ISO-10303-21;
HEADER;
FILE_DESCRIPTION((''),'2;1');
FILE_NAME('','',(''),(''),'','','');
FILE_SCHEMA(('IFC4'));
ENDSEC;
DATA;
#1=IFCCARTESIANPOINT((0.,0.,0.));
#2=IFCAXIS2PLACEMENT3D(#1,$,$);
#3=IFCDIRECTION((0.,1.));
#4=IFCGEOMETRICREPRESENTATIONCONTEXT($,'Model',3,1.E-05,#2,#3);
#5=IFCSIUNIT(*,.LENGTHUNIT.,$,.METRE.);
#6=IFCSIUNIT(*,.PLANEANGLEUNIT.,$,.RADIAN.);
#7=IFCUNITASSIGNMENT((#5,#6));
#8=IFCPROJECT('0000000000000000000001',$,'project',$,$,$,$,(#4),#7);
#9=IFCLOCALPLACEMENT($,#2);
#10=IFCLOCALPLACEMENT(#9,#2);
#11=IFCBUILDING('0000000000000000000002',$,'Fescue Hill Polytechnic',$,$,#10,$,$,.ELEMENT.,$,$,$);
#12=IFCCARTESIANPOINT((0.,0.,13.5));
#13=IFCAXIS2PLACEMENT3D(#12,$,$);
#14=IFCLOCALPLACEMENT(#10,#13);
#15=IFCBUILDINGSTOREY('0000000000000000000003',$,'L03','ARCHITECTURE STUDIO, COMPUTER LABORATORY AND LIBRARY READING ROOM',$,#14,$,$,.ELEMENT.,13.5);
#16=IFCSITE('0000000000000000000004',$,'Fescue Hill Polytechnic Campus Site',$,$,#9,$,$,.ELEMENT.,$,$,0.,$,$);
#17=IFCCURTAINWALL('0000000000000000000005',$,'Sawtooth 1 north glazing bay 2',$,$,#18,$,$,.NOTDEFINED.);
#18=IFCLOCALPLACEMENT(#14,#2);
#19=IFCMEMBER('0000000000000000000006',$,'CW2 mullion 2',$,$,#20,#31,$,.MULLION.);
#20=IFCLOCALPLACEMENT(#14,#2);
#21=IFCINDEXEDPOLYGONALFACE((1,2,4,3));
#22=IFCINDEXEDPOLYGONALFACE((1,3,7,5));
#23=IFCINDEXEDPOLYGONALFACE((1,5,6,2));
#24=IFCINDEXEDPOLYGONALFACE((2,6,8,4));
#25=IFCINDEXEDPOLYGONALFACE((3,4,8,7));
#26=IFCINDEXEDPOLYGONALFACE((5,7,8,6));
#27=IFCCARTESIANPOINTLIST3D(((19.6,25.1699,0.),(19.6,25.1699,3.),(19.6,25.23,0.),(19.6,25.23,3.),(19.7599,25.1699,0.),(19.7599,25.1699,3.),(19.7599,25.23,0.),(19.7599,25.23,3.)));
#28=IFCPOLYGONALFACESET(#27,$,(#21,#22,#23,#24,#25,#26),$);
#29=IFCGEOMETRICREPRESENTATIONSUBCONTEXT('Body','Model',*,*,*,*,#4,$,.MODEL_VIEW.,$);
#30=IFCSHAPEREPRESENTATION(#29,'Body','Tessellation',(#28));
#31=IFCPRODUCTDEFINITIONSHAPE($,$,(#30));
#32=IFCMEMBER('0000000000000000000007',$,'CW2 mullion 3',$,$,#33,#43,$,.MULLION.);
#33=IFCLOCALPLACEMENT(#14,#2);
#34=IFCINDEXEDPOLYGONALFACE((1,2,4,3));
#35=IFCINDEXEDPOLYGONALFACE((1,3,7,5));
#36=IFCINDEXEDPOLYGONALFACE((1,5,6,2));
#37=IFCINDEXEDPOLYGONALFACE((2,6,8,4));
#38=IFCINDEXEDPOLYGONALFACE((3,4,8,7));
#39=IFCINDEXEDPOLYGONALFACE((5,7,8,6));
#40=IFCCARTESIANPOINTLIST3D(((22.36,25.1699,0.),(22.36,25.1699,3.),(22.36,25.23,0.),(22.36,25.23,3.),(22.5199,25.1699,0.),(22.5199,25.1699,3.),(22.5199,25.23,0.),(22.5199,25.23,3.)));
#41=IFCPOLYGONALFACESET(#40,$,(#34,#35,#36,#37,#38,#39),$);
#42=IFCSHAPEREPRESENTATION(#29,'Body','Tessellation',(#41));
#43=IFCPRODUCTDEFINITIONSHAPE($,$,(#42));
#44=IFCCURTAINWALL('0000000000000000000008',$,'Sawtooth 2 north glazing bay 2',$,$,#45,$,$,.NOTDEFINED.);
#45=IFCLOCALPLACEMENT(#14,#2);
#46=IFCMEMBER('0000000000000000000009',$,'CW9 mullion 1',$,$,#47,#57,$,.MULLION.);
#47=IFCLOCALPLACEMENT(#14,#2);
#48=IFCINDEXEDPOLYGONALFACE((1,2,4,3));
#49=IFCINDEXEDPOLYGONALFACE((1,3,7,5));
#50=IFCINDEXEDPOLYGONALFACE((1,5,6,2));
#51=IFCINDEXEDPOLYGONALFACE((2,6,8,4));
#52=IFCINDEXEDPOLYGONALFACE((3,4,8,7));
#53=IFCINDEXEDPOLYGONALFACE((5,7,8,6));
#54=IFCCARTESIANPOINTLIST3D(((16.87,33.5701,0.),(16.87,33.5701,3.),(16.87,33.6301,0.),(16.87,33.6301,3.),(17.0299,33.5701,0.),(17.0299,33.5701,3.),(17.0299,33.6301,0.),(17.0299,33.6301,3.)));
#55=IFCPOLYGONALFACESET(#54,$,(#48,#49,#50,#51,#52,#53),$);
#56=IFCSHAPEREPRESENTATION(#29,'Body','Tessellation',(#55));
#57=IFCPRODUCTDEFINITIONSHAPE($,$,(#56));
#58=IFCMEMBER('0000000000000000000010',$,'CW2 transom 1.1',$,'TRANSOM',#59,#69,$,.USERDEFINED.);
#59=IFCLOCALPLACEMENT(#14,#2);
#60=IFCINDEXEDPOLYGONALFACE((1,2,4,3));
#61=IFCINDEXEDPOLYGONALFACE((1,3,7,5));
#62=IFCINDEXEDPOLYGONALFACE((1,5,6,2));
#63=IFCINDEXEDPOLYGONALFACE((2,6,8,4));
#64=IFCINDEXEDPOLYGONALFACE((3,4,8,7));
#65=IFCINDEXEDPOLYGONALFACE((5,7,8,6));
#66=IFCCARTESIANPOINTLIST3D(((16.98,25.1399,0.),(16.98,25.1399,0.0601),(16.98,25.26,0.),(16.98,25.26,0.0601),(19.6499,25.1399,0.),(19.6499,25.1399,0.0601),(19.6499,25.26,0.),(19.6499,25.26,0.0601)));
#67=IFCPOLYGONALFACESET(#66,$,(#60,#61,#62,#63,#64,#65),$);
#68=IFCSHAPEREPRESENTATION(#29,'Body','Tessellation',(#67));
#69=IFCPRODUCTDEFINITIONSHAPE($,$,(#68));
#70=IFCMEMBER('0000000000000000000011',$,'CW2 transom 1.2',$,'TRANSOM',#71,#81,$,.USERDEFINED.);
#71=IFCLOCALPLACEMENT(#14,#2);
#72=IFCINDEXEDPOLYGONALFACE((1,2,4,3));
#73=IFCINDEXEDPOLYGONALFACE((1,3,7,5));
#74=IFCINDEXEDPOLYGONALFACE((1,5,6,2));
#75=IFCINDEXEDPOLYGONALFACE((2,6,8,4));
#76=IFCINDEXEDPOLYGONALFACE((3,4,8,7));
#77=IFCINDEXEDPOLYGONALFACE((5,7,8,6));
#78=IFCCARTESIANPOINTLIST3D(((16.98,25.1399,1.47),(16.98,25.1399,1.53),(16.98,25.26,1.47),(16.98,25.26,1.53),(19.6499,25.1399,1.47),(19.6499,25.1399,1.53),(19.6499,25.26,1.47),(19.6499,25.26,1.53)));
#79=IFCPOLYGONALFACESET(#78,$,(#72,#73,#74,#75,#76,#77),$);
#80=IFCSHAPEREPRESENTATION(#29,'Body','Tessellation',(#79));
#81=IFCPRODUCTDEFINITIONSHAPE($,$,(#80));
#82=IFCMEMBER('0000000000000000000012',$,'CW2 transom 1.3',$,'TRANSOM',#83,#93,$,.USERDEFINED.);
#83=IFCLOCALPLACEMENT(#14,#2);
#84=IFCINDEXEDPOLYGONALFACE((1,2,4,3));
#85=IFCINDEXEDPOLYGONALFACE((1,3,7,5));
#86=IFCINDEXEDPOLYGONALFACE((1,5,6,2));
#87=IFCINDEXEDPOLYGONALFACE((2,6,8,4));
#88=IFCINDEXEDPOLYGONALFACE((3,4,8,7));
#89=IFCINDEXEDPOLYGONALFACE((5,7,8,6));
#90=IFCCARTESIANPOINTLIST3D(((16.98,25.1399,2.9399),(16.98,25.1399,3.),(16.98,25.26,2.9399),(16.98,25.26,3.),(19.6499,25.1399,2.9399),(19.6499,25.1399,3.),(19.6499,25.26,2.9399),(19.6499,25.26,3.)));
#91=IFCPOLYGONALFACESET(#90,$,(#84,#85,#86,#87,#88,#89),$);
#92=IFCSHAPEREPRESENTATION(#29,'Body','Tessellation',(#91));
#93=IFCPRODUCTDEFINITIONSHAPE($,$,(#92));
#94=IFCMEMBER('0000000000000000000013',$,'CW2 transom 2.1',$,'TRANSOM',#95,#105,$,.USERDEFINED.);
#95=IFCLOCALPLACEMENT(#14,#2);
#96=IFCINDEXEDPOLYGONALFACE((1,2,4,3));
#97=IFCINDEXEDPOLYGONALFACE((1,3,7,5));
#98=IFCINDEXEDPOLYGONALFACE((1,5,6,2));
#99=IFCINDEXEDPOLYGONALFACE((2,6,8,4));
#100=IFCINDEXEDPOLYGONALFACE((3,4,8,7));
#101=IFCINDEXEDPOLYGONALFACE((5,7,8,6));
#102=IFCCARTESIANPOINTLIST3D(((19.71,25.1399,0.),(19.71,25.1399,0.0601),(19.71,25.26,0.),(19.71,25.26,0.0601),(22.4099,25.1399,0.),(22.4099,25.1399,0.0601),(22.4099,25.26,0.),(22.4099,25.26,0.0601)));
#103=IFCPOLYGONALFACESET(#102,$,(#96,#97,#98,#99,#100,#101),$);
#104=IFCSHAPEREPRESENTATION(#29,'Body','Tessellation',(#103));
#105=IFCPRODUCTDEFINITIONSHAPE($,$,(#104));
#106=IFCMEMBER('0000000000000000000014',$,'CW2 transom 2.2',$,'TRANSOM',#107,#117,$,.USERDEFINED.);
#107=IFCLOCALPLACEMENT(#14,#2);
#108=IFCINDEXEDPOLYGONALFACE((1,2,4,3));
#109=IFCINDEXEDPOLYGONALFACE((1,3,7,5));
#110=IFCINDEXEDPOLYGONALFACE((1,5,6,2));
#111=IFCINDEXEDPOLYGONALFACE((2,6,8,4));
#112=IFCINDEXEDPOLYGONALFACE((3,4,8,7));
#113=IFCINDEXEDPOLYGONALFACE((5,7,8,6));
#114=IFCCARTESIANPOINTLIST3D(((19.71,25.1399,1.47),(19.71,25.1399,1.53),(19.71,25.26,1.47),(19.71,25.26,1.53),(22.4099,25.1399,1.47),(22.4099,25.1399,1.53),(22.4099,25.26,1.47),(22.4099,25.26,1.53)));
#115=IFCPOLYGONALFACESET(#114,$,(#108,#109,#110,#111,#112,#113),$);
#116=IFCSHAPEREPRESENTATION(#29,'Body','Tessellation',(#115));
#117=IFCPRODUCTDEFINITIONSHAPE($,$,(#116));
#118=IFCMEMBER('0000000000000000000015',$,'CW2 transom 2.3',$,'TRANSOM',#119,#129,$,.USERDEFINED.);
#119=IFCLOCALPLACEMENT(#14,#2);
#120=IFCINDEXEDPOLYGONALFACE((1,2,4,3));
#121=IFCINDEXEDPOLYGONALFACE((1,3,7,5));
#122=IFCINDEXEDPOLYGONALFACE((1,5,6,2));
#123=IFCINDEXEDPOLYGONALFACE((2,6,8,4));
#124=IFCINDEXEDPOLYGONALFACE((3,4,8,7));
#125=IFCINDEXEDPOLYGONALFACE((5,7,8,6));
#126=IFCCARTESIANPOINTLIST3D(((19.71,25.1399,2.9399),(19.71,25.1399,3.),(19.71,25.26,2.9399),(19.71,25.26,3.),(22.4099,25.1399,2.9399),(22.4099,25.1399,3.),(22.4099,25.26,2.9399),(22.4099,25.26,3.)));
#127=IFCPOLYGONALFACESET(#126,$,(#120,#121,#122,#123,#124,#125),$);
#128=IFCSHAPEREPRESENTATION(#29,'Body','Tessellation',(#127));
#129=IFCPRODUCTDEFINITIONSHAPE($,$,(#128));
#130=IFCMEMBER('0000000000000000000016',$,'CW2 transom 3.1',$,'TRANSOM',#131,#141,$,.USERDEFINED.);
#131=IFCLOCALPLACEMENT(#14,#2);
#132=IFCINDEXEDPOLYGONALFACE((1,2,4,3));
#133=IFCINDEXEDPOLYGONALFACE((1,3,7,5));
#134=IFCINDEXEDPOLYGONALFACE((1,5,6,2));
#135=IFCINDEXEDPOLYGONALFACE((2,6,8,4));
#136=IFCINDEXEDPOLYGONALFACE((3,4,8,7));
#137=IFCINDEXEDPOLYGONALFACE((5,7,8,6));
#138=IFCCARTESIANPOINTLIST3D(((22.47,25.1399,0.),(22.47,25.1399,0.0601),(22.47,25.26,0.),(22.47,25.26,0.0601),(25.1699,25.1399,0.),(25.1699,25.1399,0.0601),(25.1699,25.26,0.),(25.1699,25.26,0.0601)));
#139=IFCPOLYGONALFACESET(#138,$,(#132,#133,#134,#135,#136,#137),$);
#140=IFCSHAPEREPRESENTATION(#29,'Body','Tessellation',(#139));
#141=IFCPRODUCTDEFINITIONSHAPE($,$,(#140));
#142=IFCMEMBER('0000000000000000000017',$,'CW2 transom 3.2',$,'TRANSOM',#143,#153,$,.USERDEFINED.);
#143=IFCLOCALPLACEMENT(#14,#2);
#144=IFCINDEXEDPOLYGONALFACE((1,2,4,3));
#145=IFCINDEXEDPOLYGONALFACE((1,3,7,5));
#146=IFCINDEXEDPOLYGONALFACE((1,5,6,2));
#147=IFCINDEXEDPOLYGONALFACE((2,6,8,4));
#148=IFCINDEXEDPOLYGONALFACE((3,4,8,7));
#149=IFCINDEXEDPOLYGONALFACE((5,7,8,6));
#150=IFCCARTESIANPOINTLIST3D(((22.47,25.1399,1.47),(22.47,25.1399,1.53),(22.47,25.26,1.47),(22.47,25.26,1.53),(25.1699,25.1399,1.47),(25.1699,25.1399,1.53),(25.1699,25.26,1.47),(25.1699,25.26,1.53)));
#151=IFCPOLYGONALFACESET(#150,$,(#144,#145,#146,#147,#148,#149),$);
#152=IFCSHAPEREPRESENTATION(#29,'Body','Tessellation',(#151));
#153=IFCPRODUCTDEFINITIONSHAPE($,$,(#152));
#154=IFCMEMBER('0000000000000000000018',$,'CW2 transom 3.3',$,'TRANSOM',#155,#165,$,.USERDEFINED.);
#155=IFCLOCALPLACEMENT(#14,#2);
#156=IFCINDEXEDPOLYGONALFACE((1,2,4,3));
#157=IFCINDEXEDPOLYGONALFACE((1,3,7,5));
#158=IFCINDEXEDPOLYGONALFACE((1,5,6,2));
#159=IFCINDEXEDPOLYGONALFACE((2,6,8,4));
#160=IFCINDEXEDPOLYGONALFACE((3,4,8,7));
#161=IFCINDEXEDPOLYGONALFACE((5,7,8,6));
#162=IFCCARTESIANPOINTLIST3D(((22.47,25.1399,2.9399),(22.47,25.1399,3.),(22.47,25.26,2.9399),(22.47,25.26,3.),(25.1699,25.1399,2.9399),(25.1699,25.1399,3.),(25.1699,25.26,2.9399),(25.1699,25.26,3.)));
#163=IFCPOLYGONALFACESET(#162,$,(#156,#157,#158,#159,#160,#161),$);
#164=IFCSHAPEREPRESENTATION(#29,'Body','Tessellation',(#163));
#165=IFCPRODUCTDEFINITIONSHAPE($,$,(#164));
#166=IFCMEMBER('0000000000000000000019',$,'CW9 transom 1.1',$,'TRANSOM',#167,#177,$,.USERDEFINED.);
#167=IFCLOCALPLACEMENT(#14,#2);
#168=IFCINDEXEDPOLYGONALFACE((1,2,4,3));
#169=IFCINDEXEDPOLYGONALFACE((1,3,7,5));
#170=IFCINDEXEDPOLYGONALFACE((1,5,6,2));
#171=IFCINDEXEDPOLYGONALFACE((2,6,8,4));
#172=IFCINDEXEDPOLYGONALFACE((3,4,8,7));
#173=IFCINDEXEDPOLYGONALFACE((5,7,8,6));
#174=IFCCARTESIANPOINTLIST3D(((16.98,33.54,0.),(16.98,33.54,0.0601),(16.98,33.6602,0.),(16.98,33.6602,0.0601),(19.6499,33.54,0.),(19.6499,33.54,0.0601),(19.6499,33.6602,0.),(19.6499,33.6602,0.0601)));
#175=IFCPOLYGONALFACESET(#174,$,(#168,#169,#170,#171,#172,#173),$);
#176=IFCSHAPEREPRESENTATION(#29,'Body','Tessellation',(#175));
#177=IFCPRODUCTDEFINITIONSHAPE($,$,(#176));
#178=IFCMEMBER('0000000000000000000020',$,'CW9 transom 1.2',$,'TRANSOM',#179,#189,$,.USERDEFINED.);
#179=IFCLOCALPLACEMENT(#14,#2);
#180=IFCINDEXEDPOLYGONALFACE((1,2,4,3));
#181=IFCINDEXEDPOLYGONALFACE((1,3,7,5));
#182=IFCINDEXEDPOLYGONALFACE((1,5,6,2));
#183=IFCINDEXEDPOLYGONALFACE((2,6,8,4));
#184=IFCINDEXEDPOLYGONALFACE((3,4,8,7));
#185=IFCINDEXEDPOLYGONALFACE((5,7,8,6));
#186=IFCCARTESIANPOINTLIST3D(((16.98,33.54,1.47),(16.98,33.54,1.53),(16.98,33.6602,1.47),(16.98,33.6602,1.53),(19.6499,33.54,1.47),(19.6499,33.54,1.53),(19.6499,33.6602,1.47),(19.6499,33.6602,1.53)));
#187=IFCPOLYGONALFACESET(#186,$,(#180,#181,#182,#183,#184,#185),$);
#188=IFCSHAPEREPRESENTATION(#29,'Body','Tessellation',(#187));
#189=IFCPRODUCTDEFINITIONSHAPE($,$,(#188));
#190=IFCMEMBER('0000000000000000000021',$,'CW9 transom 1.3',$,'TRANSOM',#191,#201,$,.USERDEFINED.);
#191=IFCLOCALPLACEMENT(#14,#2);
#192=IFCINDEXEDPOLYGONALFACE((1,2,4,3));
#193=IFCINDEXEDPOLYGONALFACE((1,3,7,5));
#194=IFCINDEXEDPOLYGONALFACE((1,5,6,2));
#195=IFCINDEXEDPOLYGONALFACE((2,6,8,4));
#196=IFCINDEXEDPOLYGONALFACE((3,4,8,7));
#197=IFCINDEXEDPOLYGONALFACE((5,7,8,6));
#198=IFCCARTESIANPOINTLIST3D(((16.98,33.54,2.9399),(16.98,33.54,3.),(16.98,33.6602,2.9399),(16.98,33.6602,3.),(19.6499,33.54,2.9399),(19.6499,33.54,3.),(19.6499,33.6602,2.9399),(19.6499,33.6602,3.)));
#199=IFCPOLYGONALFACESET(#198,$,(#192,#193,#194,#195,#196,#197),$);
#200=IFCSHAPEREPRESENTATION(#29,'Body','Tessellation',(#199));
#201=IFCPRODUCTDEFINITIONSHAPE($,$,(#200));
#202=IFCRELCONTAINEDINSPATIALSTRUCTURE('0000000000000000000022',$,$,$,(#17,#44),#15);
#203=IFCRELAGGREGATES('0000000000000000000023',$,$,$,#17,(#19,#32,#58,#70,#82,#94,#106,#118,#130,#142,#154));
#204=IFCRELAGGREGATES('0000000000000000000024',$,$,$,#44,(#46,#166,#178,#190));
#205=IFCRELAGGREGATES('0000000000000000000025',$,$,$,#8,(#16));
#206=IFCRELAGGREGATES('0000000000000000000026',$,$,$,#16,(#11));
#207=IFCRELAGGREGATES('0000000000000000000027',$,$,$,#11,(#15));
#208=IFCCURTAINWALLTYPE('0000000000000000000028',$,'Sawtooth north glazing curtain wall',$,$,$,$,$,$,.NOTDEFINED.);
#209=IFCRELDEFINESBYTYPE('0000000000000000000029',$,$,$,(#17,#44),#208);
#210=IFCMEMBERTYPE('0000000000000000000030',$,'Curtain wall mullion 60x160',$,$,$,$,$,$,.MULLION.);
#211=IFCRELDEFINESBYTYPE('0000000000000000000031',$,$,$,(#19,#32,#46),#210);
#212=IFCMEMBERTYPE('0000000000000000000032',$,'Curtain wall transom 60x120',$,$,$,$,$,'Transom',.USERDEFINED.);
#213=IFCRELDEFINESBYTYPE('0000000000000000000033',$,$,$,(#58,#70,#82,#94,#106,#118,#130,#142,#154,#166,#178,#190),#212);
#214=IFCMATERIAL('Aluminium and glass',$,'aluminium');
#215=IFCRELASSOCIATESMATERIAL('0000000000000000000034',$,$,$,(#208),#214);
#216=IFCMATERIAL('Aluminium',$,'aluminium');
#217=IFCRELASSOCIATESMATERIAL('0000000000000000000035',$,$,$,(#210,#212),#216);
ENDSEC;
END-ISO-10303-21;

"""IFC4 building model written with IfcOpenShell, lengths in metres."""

from ifc_helpers import new_model, si_unit, direction, frame, origin, origin_2d, place, context, subcontext, project, spatial, rectangle, extrude, material, material_profile, profile_set, type_object, element, aggregate, save


model = new_model("IFC4")

# Units and contexts
model_context = context("Model", 3, precision=1e-05, world=origin(), true_north=direction((0.0, 1.0)))
body_context = subcontext(model_context, "Body", "Model", "MODEL_VIEW")
ifc_project = project(units=[si_unit("LENGTHUNIT", "METRE"), si_unit("PLANEANGLEUNIT", "RADIAN")], contexts=[model_context])

# Site, building, storey
site_placement = place(None, origin())
site = spatial("IfcSite", under=ifc_project, at=site_placement, Name="Fescue Hill Polytechnic Campus Site", CompositionType="ELEMENT", RefElevation=0.0)
building_placement = place(site_placement, origin())
building = spatial("IfcBuilding", under=site, at=building_placement, Name="Fescue Hill Polytechnic", CompositionType="ELEMENT")
storey_placement = place(building_placement, frame((0.0, 0.0, 13.5)))
storey = spatial("IfcBuildingStorey", under=building, at=storey_placement, Name="L03", Description="ARCHITECTURE STUDIO, COMPUTER LABORATORY AND LIBRARY READING ROOM", CompositionType="ELEMENT", Elevation=13.5)

# Curtain wall, members
ifc_material_1 = material(Name="Aluminium and glass", Category="aluminium")
curtain_wall_type = type_object("IfcCurtainWallType", Name="Sawtooth north glazing curtain wall", PredefinedType="NOTDEFINED", material=ifc_material_1)
curtain_wall_1_placement = place(storey_placement, origin())
curtain_wall_1 = element("IfcCurtainWall", 1, at=curtain_wall_1_placement, inside=storey, type_object=curtain_wall_type, Name="Sawtooth 1 north glazing bay 2", PredefinedType="NOTDEFINED")
ifc_material_2 = material(Name="Aluminium", Category="aluminium")
ifc_material_profile_1 = material_profile(ifc_material_2, rectangle(XDim=0.0601, YDim=0.1599, at=origin_2d()), Name="Curtain wall mullion 60x160")
ifc_profile_set_1 = profile_set([ifc_material_profile_1], Name="Aluminium")
member_type_1 = type_object("IfcMemberType", Name="Curtain wall mullion 60x160", PredefinedType="MULLION", material=ifc_profile_set_1)
member_1_placement = place(storey_placement, frame((19.6799, 25.2, 0.0), z_axis=(0.0, 0.0, 1.0), x_axis=(0.0, 1.0, 0.0)))
member_1 = element("IfcMember", 2, at=member_1_placement, type_object=member_type_1, Name="CW2 mullion 2", PredefinedType="MULLION", context=body_context, shape_type="SweptSolid", body=[
    extrude(rectangle(XDim=0.0601, YDim=0.1599, at=origin_2d()), origin(), (0.0, 0.0, 1.0), 3.0),
])
member_2_placement = place(storey_placement, frame((22.4399, 25.2, 0.0), z_axis=(0.0, 0.0, 1.0), x_axis=(0.0, 1.0, 0.0)))
member_2 = element("IfcMember", 3, at=member_2_placement, type_object=member_type_1, Name="CW2 mullion 3", PredefinedType="MULLION", context=body_context, shape_type="SweptSolid", body=[
    extrude(rectangle(XDim=0.0601, YDim=0.1599, at=origin_2d()), origin(), (0.0, 0.0, 1.0), 3.0),
])

# Curtain wall, member
curtain_wall_2_placement = place(storey_placement, origin())
curtain_wall_2 = element("IfcCurtainWall", 4, at=curtain_wall_2_placement, inside=storey, type_object=curtain_wall_type, Name="Sawtooth 2 north glazing bay 2", PredefinedType="NOTDEFINED")
member_3_placement = place(storey_placement, frame((16.95, 33.6001, 0.0), z_axis=(0.0, 0.0, 1.0), x_axis=(0.0, 1.0, 0.0)))
member_3 = element("IfcMember", 5, at=member_3_placement, type_object=member_type_1, Name="CW9 mullion 1", PredefinedType="MULLION", context=body_context, shape_type="SweptSolid", body=[
    extrude(rectangle(XDim=0.0601, YDim=0.1599, at=origin_2d()), origin(), (0.0, 0.0, 1.0), 3.0),
])

# Members
ifc_material_profile_2 = material_profile(ifc_material_2, rectangle(XDim=0.1201, YDim=0.0601, at=origin_2d()), Name="Curtain wall transom 60x120")
ifc_profile_set_2 = profile_set([ifc_material_profile_2], Name="Aluminium")
member_type_2 = type_object("IfcMemberType", Name="Curtain wall transom 60x120", ElementType="Transom", PredefinedType="USERDEFINED", material=ifc_profile_set_2)
member_4_placement = place(storey_placement, frame((16.98, 25.2, 0.03), z_axis=(1.0, 0.0, 0.0), x_axis=(0.0, 1.0, 0.0)))
member_4 = element("IfcMember", 6, at=member_4_placement, type_object=member_type_2, Name="CW2 transom 1.1", ObjectType="TRANSOM", PredefinedType="USERDEFINED", context=body_context, shape_type="SweptSolid", body=[
    extrude(rectangle(XDim=0.1201, YDim=0.0601, at=origin_2d()), origin(), (0.0, 0.0, 1.0), 2.6699),
])
member_5_placement = place(storey_placement, frame((16.98, 25.2, 1.5), z_axis=(1.0, 0.0, 0.0), x_axis=(0.0, 1.0, 0.0)))
member_5 = element("IfcMember", 7, at=member_5_placement, type_object=member_type_2, Name="CW2 transom 1.2", ObjectType="TRANSOM", PredefinedType="USERDEFINED", context=body_context, shape_type="SweptSolid", body=[
    extrude(rectangle(XDim=0.1201, YDim=0.0601, at=origin_2d()), origin(), (0.0, 0.0, 1.0), 2.6699),
])
member_6_placement = place(storey_placement, frame((16.98, 25.2, 2.97), z_axis=(1.0, 0.0, 0.0), x_axis=(0.0, 1.0, 0.0)))
member_6 = element("IfcMember", 8, at=member_6_placement, type_object=member_type_2, Name="CW2 transom 1.3", ObjectType="TRANSOM", PredefinedType="USERDEFINED", context=body_context, shape_type="SweptSolid", body=[
    extrude(rectangle(XDim=0.1201, YDim=0.0601, at=origin_2d()), origin(), (0.0, 0.0, 1.0), 2.6699),
])
member_7_placement = place(storey_placement, frame((19.71, 25.2, 0.03), z_axis=(1.0, 0.0, 0.0), x_axis=(0.0, 1.0, 0.0)))
member_7 = element("IfcMember", 9, at=member_7_placement, type_object=member_type_2, Name="CW2 transom 2.1", ObjectType="TRANSOM", PredefinedType="USERDEFINED", context=body_context, shape_type="SweptSolid", body=[
    extrude(rectangle(XDim=0.1201, YDim=0.0601, at=origin_2d()), origin(), (0.0, 0.0, 1.0), 2.7),
])
member_8_placement = place(storey_placement, frame((19.71, 25.2, 1.5), z_axis=(1.0, 0.0, 0.0), x_axis=(0.0, 1.0, 0.0)))
member_8 = element("IfcMember", 10, at=member_8_placement, type_object=member_type_2, Name="CW2 transom 2.2", ObjectType="TRANSOM", PredefinedType="USERDEFINED", context=body_context, shape_type="SweptSolid", body=[
    extrude(rectangle(XDim=0.1201, YDim=0.0601, at=origin_2d()), origin(), (0.0, 0.0, 1.0), 2.7),
])
member_9_placement = place(storey_placement, frame((19.71, 25.2, 2.97), z_axis=(1.0, 0.0, 0.0), x_axis=(0.0, 1.0, 0.0)))
member_9 = element("IfcMember", 11, at=member_9_placement, type_object=member_type_2, Name="CW2 transom 2.3", ObjectType="TRANSOM", PredefinedType="USERDEFINED", context=body_context, shape_type="SweptSolid", body=[
    extrude(rectangle(XDim=0.1201, YDim=0.0601, at=origin_2d()), origin(), (0.0, 0.0, 1.0), 2.7),
])
member_10_placement = place(storey_placement, frame((22.47, 25.2, 0.03), z_axis=(1.0, 0.0, 0.0), x_axis=(0.0, 1.0, 0.0)))
member_10 = element("IfcMember", 12, at=member_10_placement, type_object=member_type_2, Name="CW2 transom 3.1", ObjectType="TRANSOM", PredefinedType="USERDEFINED", context=body_context, shape_type="SweptSolid", body=[
    extrude(rectangle(XDim=0.1201, YDim=0.0601, at=origin_2d()), origin(), (0.0, 0.0, 1.0), 2.7),
])
member_11_placement = place(storey_placement, frame((22.47, 25.2, 1.5), z_axis=(1.0, 0.0, 0.0), x_axis=(0.0, 1.0, 0.0)))
member_11 = element("IfcMember", 13, at=member_11_placement, type_object=member_type_2, Name="CW2 transom 3.2", ObjectType="TRANSOM", PredefinedType="USERDEFINED", context=body_context, shape_type="SweptSolid", body=[
    extrude(rectangle(XDim=0.1201, YDim=0.0601, at=origin_2d()), origin(), (0.0, 0.0, 1.0), 2.7),
])
member_12_placement = place(storey_placement, frame((22.47, 25.2, 2.97), z_axis=(1.0, 0.0, 0.0), x_axis=(0.0, 1.0, 0.0)))
member_12 = element("IfcMember", 14, at=member_12_placement, type_object=member_type_2, Name="CW2 transom 3.3", ObjectType="TRANSOM", PredefinedType="USERDEFINED", context=body_context, shape_type="SweptSolid", body=[
    extrude(rectangle(XDim=0.1201, YDim=0.0601, at=origin_2d()), origin(), (0.0, 0.0, 1.0), 2.7),
])
member_13_placement = place(storey_placement, frame((16.98, 33.6001, 0.03), z_axis=(1.0, 0.0, 0.0), x_axis=(0.0, 1.0, 0.0)))
member_13 = element("IfcMember", 15, at=member_13_placement, type_object=member_type_2, Name="CW9 transom 1.1", ObjectType="TRANSOM", PredefinedType="USERDEFINED", context=body_context, shape_type="SweptSolid", body=[
    extrude(rectangle(XDim=0.1201, YDim=0.0601, at=origin_2d()), origin(), (0.0, 0.0, 1.0), 2.6699),
])
member_14_placement = place(storey_placement, frame((16.98, 33.6001, 1.5), z_axis=(1.0, 0.0, 0.0), x_axis=(0.0, 1.0, 0.0)))
member_14 = element("IfcMember", 16, at=member_14_placement, type_object=member_type_2, Name="CW9 transom 1.2", ObjectType="TRANSOM", PredefinedType="USERDEFINED", context=body_context, shape_type="SweptSolid", body=[
    extrude(rectangle(XDim=0.1201, YDim=0.0601, at=origin_2d()), origin(), (0.0, 0.0, 1.0), 2.6699),
])
member_15_placement = place(storey_placement, frame((16.98, 33.6001, 2.97), z_axis=(1.0, 0.0, 0.0), x_axis=(0.0, 1.0, 0.0)))
member_15 = element("IfcMember", 17, at=member_15_placement, type_object=member_type_2, Name="CW9 transom 1.3", ObjectType="TRANSOM", PredefinedType="USERDEFINED", context=body_context, shape_type="SweptSolid", body=[
    extrude(rectangle(XDim=0.1201, YDim=0.0601, at=origin_2d()), origin(), (0.0, 0.0, 1.0), 2.6699),
])

aggregate(curtain_wall_1, [member_1, member_2, member_4, member_5, member_6, member_7, member_8, member_9, member_10, member_11, member_12])
aggregate(curtain_wall_2, [member_3, member_13, member_14, member_15])

save(model, "model.ifc")
